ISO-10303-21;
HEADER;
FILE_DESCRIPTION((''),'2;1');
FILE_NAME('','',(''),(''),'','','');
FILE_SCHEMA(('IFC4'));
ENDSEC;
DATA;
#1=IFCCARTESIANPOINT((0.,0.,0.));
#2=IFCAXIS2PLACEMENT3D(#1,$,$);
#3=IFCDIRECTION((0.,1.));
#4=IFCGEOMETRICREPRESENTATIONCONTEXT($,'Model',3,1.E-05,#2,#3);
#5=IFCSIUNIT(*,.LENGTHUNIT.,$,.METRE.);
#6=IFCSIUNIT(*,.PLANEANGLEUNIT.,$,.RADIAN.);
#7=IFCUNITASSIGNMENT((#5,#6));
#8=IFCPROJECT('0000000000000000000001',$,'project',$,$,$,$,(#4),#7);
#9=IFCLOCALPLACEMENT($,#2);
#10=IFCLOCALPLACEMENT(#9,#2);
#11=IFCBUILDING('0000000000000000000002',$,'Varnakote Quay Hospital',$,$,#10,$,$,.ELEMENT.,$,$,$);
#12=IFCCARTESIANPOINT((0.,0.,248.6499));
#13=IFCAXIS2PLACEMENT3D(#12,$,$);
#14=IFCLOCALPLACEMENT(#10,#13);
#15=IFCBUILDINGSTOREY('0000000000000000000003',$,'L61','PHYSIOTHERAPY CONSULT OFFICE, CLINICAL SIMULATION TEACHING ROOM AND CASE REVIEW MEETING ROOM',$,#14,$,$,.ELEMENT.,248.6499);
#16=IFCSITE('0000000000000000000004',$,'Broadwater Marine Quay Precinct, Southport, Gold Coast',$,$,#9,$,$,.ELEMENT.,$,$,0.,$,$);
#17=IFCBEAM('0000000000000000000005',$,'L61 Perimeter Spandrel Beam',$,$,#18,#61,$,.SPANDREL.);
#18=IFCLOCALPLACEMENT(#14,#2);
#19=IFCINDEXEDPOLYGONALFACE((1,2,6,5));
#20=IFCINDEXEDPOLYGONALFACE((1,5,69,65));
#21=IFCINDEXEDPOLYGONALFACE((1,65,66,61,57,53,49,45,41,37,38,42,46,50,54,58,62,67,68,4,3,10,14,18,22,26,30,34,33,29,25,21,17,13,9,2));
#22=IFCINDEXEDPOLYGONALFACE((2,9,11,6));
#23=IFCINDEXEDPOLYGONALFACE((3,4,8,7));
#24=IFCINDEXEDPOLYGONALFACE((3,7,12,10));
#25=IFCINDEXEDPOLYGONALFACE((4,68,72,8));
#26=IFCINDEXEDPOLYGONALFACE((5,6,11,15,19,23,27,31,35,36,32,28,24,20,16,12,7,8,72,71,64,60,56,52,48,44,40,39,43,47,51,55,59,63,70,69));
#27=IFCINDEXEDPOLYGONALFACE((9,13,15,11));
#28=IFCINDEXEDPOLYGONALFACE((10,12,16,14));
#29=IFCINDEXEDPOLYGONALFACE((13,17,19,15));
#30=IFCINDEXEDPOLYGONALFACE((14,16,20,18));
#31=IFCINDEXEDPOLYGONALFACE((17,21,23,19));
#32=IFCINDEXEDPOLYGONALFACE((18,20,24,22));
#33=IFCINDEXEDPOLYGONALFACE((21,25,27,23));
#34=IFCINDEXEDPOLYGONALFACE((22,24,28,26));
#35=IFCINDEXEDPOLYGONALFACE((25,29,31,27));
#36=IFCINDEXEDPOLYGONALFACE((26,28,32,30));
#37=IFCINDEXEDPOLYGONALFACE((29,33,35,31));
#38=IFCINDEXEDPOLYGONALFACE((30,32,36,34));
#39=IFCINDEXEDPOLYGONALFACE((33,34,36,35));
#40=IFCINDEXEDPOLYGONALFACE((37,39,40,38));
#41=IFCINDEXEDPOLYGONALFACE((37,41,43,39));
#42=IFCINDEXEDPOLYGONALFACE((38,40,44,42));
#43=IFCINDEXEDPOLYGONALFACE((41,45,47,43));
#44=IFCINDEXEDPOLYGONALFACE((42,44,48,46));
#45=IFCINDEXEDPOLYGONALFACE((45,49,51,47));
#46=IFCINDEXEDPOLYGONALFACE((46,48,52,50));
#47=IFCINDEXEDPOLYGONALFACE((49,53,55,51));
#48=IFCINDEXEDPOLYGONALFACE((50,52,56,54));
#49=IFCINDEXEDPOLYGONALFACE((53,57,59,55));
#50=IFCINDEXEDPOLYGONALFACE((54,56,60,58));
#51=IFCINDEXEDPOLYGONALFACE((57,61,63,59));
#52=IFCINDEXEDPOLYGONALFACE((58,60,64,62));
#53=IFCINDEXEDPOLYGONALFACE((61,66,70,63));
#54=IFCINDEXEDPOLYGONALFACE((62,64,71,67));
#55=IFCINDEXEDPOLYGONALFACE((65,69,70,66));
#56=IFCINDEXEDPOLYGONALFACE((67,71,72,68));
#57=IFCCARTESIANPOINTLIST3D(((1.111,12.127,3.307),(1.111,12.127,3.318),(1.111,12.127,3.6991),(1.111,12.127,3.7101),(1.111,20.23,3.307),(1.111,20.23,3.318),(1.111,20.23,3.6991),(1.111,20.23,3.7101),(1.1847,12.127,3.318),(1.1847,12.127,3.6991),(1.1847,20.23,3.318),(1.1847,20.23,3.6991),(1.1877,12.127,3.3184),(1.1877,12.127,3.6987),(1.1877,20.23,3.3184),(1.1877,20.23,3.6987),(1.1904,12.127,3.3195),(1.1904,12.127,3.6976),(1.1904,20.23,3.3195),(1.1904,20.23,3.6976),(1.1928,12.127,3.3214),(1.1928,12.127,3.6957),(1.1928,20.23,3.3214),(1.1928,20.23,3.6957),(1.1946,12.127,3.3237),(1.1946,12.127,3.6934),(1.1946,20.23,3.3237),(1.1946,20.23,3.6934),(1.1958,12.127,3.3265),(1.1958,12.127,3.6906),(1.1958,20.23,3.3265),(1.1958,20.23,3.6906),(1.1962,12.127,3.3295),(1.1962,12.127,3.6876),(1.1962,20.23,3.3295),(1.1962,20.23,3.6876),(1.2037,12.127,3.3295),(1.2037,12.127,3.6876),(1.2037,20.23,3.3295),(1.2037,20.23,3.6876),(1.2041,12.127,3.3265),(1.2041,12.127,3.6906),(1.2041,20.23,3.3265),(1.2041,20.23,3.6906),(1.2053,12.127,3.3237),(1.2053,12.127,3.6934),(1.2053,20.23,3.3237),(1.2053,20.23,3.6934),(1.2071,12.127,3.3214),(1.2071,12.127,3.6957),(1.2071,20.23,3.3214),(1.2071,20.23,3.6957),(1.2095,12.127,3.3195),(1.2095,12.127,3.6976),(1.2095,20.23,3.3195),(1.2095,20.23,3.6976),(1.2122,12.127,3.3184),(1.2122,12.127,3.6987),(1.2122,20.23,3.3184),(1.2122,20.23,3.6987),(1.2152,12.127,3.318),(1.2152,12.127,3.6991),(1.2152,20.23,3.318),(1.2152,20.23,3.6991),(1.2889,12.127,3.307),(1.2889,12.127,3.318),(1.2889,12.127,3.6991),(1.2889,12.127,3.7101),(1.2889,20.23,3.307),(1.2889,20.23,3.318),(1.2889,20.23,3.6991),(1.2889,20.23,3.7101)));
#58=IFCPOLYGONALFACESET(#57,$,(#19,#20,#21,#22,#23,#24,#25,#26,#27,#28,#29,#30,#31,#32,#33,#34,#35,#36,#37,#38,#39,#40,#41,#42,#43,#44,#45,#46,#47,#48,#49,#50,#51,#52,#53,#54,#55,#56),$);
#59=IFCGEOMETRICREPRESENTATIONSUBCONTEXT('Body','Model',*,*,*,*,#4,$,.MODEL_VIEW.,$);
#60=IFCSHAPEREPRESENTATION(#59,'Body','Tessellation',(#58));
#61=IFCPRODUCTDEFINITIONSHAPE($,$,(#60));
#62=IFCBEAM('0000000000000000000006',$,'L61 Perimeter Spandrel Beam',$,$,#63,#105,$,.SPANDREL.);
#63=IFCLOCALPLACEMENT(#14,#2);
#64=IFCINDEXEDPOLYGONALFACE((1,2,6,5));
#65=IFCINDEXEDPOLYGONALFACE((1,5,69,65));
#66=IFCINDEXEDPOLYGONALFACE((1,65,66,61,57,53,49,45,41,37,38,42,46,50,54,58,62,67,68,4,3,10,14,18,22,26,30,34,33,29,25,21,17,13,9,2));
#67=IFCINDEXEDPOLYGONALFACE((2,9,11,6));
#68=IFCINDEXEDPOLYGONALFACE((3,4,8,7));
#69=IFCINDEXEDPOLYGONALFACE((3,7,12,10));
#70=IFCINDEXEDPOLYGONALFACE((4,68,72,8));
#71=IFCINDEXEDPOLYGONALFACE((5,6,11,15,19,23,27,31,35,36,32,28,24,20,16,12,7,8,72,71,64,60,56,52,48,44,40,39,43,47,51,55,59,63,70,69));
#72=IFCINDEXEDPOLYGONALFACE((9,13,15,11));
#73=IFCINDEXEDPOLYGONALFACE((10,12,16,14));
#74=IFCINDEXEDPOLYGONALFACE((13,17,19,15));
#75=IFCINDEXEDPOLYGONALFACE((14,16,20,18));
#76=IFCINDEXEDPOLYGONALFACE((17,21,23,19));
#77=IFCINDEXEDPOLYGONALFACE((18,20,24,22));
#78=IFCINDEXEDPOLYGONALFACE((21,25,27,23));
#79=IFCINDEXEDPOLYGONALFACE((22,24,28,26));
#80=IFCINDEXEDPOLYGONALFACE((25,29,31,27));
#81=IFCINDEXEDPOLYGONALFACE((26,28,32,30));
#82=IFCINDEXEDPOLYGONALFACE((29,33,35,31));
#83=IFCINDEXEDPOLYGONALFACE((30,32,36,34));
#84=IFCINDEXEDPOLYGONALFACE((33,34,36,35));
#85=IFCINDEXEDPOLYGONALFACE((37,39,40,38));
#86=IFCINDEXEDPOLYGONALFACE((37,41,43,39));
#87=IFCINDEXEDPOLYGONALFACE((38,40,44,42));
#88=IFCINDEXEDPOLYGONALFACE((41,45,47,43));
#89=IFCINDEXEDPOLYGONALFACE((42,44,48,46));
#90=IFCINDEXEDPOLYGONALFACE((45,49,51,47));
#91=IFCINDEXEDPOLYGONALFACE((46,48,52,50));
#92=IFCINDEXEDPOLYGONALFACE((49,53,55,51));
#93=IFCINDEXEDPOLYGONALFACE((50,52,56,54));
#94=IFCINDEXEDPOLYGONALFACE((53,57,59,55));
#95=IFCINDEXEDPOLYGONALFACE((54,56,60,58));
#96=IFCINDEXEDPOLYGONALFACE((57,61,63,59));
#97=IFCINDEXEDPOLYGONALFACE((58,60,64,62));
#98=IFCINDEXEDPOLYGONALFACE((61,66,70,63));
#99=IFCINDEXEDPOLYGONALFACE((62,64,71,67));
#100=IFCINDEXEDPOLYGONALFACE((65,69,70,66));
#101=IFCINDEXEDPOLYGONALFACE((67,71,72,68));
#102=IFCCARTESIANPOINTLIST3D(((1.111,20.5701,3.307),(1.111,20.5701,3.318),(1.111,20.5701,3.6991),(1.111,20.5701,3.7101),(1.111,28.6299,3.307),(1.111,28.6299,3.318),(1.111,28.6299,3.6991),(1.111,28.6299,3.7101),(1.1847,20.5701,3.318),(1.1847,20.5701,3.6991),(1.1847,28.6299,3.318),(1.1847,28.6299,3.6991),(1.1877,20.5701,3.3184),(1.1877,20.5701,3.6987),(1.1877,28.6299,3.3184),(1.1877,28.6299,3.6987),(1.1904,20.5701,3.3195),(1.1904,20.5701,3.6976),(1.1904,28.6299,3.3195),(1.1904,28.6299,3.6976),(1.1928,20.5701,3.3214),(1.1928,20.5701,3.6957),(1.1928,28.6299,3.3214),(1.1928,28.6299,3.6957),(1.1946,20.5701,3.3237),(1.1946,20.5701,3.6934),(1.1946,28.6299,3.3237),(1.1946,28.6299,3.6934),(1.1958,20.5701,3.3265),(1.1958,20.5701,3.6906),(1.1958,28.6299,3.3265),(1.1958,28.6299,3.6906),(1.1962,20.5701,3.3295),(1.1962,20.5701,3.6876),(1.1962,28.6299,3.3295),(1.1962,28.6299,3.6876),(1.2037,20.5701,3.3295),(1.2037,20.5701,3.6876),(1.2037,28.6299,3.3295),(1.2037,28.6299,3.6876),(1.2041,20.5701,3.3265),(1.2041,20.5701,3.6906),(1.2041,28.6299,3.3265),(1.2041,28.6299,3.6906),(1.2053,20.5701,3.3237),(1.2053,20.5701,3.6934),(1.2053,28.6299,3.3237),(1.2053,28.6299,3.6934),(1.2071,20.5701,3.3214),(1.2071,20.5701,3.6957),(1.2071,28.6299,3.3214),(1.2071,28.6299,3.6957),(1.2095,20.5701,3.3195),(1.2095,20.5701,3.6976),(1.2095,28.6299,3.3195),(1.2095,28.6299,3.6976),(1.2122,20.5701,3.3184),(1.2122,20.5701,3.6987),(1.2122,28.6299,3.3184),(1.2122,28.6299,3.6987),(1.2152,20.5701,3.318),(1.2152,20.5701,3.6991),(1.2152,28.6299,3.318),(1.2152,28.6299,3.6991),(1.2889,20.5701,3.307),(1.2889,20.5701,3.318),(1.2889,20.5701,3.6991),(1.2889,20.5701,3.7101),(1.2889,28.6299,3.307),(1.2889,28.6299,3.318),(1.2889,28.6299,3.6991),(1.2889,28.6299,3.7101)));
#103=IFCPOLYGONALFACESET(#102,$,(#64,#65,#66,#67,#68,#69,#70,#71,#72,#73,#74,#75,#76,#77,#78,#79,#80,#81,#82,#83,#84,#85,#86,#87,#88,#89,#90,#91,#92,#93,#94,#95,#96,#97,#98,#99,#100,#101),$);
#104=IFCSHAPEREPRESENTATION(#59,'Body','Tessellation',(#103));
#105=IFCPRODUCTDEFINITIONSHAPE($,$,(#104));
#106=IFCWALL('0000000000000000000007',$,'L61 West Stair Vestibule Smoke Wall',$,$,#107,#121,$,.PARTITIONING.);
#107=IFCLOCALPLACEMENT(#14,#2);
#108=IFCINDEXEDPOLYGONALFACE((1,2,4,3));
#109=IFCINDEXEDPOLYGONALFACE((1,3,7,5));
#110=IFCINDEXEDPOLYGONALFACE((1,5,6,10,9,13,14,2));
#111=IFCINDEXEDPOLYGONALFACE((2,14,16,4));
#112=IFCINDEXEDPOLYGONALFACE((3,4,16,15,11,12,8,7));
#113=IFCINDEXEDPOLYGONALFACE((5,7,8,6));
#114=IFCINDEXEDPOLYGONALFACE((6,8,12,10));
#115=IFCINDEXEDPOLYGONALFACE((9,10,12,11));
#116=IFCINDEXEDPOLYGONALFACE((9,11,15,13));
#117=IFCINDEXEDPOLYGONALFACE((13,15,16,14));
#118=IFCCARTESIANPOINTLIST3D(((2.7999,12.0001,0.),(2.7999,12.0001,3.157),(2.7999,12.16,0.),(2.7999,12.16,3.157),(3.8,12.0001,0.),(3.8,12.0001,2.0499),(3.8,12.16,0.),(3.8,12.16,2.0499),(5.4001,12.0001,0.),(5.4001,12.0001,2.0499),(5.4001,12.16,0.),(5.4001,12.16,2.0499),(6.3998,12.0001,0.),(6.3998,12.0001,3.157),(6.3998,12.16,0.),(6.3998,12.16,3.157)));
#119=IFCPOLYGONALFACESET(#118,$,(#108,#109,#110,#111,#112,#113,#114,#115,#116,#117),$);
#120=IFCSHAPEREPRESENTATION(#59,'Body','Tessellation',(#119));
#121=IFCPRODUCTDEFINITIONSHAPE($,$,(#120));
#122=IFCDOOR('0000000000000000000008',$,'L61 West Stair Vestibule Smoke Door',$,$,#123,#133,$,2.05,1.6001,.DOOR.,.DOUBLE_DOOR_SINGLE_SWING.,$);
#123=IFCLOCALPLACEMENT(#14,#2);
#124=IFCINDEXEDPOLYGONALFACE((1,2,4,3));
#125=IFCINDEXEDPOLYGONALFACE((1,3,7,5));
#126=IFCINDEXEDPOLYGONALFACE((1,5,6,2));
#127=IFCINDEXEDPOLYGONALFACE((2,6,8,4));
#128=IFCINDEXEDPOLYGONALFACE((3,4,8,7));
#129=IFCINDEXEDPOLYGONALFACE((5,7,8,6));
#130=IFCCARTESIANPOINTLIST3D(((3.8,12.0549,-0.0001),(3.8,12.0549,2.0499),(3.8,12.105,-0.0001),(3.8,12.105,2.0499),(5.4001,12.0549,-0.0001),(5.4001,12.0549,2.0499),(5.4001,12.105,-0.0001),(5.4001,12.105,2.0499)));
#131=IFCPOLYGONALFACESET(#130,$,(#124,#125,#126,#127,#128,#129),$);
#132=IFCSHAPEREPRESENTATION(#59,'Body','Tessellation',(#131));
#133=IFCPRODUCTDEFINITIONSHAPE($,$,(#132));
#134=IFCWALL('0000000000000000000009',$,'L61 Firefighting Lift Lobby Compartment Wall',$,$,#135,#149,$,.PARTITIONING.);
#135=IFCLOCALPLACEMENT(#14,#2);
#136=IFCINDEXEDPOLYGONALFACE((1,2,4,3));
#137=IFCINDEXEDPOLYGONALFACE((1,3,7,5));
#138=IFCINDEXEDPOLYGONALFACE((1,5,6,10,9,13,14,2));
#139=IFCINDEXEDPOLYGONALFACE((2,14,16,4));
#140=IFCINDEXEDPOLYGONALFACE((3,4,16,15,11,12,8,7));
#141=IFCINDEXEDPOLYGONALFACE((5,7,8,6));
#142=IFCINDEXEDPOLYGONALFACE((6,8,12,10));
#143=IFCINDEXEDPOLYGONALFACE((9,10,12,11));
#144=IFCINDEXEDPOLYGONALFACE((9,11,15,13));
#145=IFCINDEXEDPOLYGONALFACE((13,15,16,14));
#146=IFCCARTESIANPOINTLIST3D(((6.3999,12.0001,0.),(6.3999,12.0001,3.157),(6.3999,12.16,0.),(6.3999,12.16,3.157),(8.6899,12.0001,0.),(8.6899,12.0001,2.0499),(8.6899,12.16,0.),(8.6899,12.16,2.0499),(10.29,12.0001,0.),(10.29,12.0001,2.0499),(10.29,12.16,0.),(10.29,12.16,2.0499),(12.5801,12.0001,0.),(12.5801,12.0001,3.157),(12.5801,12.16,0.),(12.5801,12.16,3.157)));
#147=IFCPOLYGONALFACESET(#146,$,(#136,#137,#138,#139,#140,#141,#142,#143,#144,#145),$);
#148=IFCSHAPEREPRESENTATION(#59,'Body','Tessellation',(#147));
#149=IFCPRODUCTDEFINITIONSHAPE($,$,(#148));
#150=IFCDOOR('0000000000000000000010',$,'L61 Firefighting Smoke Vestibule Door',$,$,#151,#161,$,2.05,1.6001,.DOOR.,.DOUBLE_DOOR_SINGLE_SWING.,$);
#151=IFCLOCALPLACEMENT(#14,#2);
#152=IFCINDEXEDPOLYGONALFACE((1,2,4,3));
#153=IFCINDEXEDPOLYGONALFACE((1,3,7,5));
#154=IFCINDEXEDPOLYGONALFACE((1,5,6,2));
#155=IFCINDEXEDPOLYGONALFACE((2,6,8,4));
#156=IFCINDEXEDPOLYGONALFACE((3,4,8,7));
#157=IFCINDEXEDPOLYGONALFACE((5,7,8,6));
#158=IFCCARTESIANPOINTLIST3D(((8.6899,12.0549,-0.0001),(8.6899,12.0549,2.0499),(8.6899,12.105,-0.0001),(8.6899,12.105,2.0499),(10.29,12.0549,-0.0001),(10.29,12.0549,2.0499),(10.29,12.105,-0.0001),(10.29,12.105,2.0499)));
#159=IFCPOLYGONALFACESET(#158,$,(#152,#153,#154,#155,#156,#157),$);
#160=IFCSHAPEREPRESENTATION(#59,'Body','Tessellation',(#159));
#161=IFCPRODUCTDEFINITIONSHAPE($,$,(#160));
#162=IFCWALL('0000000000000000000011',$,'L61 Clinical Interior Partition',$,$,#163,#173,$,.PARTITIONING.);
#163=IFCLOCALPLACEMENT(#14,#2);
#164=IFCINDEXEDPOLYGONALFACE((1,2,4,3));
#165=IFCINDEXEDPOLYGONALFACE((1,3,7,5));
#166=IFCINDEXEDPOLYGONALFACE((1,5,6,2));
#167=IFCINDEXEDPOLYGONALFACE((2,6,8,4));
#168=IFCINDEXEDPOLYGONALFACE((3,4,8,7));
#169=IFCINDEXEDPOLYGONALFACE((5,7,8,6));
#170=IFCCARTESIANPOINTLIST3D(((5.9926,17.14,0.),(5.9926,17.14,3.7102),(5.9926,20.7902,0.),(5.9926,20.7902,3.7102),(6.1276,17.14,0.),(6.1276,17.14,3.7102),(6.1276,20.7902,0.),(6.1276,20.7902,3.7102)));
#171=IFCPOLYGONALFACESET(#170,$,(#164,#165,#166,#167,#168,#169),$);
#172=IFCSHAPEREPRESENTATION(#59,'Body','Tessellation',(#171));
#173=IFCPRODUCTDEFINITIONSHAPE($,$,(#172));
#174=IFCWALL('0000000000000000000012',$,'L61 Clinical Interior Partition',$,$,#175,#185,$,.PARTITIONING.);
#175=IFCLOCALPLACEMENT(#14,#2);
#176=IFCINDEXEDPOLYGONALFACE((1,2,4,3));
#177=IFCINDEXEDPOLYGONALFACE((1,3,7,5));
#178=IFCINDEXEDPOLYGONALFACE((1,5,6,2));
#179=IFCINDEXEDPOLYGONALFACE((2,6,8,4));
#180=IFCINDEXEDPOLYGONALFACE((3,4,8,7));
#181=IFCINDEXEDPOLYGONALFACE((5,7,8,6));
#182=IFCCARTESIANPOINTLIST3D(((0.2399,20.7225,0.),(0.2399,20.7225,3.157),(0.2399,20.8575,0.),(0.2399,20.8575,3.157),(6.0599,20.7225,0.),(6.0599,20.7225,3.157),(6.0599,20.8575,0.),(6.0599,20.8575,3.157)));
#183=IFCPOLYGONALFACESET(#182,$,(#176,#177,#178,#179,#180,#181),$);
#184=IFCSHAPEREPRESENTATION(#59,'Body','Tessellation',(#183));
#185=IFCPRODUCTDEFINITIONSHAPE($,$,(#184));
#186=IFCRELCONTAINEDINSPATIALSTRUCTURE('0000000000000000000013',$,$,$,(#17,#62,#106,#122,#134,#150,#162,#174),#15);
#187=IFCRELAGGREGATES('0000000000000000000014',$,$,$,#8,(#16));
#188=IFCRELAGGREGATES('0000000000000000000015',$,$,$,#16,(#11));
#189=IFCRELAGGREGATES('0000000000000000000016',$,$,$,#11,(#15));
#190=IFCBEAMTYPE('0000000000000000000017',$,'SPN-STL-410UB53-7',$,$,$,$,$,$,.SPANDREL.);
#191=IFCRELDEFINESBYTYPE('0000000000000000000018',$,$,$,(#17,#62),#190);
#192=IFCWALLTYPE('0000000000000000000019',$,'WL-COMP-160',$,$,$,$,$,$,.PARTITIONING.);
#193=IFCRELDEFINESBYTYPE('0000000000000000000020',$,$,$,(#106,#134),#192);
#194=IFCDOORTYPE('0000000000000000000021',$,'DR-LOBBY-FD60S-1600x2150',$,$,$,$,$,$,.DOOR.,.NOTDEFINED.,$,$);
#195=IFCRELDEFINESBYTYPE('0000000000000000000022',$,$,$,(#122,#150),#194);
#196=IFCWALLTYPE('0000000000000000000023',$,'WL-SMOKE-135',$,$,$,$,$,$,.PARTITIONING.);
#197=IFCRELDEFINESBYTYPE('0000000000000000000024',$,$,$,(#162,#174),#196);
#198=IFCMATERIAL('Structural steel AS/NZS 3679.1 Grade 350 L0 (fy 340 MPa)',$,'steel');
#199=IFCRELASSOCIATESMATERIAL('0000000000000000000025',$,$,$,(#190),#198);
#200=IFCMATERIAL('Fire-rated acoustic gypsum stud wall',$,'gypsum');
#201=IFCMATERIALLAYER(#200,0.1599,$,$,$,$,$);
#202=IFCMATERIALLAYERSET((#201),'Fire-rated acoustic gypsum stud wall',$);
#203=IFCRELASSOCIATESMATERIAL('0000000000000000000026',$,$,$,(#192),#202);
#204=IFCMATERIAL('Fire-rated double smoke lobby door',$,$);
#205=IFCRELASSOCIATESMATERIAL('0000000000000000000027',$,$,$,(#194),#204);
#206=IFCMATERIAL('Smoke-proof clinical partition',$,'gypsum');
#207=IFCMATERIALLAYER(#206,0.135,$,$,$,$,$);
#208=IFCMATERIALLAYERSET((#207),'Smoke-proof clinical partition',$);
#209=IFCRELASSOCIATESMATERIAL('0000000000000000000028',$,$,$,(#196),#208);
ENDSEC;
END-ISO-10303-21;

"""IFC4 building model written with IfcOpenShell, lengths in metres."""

from ifc_helpers import new_model, si_unit, direction, frame, frame_2d, origin, origin_2d, place, context, subcontext, project, spatial, rectangle, i_section, extrude, material, layer, layer_set, material_profile, profile_set, type_object, element, fill, save


model = new_model("IFC4")

# Units and contexts
model_context = context("Model", 3, precision=1e-05, world=origin(), true_north=direction((0.0, 1.0)))
body_context = subcontext(model_context, "Body", "Model", "MODEL_VIEW")
ifc_project = project(units=[si_unit("LENGTHUNIT", "METRE"), si_unit("PLANEANGLEUNIT", "RADIAN")], contexts=[model_context])

# Site, building, storey
site_placement = place(None, origin())
site = spatial("IfcSite", under=ifc_project, at=site_placement, Name="Broadwater Marine Quay Precinct, Southport, Gold Coast", CompositionType="ELEMENT", RefElevation=0.0)
building_placement = place(site_placement, origin())
building = spatial("IfcBuilding", under=site, at=building_placement, Name="Varnakote Quay Hospital", CompositionType="ELEMENT")
storey_placement = place(building_placement, frame((0.0, 0.0, 248.6499)))
storey = spatial("IfcBuildingStorey", under=building, at=storey_placement, Name="L61", Description="PHYSIOTHERAPY CONSULT OFFICE, CLINICAL SIMULATION TEACHING ROOM AND CASE REVIEW MEETING ROOM", CompositionType="ELEMENT", Elevation=248.6499)

# Beams
ifc_material_1 = material(Name="Structural steel AS/NZS 3679.1 Grade 350 L0 (fy 340 MPa)", Category="steel")
ifc_material_profile_1 = material_profile(ifc_material_1, i_section(OverallWidth=0.178, OverallDepth=0.4031, WebThickness=0.0076, FlangeThickness=0.011, FilletRadius=0.0115, at=origin_2d()), Name="410UB53.7")
ifc_profile_set_1 = profile_set([ifc_material_profile_1], Name="Structural steel AS/NZS 3679.1 Grade 350 L0 (fy 340 MPa)")
beam_type_1 = type_object("IfcBeamType", Name="SPN-STL-410UB53-7", PredefinedType="SPANDREL", material=ifc_profile_set_1)
beam_1_placement = place(storey_placement, frame((1.2, 12.127, 3.5085), z_axis=(0.0, 1.0, 0.0), x_axis=(-1.0, 0.0, 0.0)))
element("IfcBeam", 1, at=beam_1_placement, inside=storey, type_object=beam_type_1, Name="L61 Perimeter Spandrel Beam", PredefinedType="SPANDREL", context=body_context, shape_type="SweptSolid", body=[
    extrude(i_section(OverallWidth=0.178, OverallDepth=0.4031, WebThickness=0.0076, FlangeThickness=0.011, FilletRadius=0.0115, at=origin_2d()), origin(), (0.0, 0.0, 1.0), 8.103),
])
beam_2_placement = place(storey_placement, frame((1.2, 20.5701, 3.5085), z_axis=(0.0, 1.0, 0.0), x_axis=(-1.0, 0.0, 0.0)))
element("IfcBeam", 2, at=beam_2_placement, inside=storey, type_object=beam_type_1, Name="L61 Perimeter Spandrel Beam", PredefinedType="SPANDREL", context=body_context, shape_type="SweptSolid", body=[
    extrude(i_section(OverallWidth=0.178, OverallDepth=0.4031, WebThickness=0.0076, FlangeThickness=0.011, FilletRadius=0.0115, at=origin_2d()), origin(), (0.0, 0.0, 1.0), 8.0598),
])

# Walls, openings, doors
ifc_material_2 = material(Name="Fire-rated acoustic gypsum stud wall", Category="gypsum")
ifc_layer_1 = layer(ifc_material_2, 0.1599)
ifc_layer_set_1 = layer_set([ifc_layer_1], Name="Fire-rated acoustic gypsum stud wall")
wall_type_1 = type_object("IfcWallType", Name="WL-COMP-160", PredefinedType="PARTITIONING", material=ifc_layer_set_1)
wall_1_placement = place(storey_placement, frame((2.8, 12.0801, 0.0), z_axis=(0.0, 0.0, 1.0), x_axis=(1.0, 0.0, 0.0)))
wall_1 = element("IfcWall", 3, at=wall_1_placement, inside=storey, type_object=wall_type_1, Name="L61 West Stair Vestibule Smoke Wall", PredefinedType="PARTITIONING", context=body_context, shape_type="SweptSolid", body=[
    extrude(rectangle(XDim=3.5999, YDim=0.1599, at=frame_2d((1.7998, 0.0))), origin(), (0.0, 0.0, 1.0), 3.157),
])
opening_1_placement = place(wall_1_placement, frame((1.0, 0.0, 0.0)))
opening_1 = element("IfcOpeningElement", 4, at=opening_1_placement, cuts=wall_1, PredefinedType="OPENING", context=body_context, shape_type="SweptSolid", body=[
    extrude(rectangle(XDim=1.6001, YDim=2.05, at=frame_2d((0.8, 1.0249))), frame((0.0, 0.0898, 0.0), z_axis=(0.0, -1.0, 0.0), x_axis=(1.0, 0.0, 0.0)), (0.0, 0.0, 1.0), 0.1799),
])
ifc_material_3 = material(Name="Fire-rated double smoke lobby door")
door_type_1 = type_object("IfcDoorType", Name="DR-LOBBY-FD60S-1600x2150", OperationType="NOTDEFINED", PredefinedType="DOOR", material=ifc_material_3)
door_1_placement = place(opening_1_placement, origin())
door_1 = element("IfcDoor", 5, at=door_1_placement, inside=storey, type_object=door_type_1, Name="L61 West Stair Vestibule Smoke Door", OperationType="DOUBLE_DOOR_SINGLE_SWING", OverallHeight=2.05, OverallWidth=1.6001, PredefinedType="DOOR", context=body_context, shape_type="SweptSolid", body=[
    extrude(rectangle(XDim=1.6001, YDim=2.05, at=frame_2d((0.8, 1.0249))), frame((0.0, 0.0249, 0.0), z_axis=(0.0, -1.0, 0.0), x_axis=(1.0, 0.0, 0.0)), (0.0, 0.0, 1.0), 0.05),
])
fill(opening_1, door_1)
wall_2_placement = place(storey_placement, frame((6.3999, 12.0801, 0.0), z_axis=(0.0, 0.0, 1.0), x_axis=(1.0, 0.0, 0.0)))
wall_2 = element("IfcWall", 6, at=wall_2_placement, inside=storey, type_object=wall_type_1, Name="L61 Firefighting Lift Lobby Compartment Wall", PredefinedType="PARTITIONING", context=body_context, shape_type="SweptSolid", body=[
    extrude(rectangle(XDim=6.1802, YDim=0.1599, at=frame_2d((3.0901, 0.0))), origin(), (0.0, 0.0, 1.0), 3.157),
])
opening_2_placement = place(wall_2_placement, frame((2.29, 0.0, 0.0)))
opening_2 = element("IfcOpeningElement", 7, at=opening_2_placement, cuts=wall_2, PredefinedType="OPENING", context=body_context, shape_type="SweptSolid", body=[
    extrude(rectangle(XDim=1.6001, YDim=2.05, at=frame_2d((0.8, 1.0249))), frame((0.0, 0.0898, 0.0), z_axis=(0.0, -1.0, 0.0), x_axis=(1.0, 0.0, 0.0)), (0.0, 0.0, 1.0), 0.1799),
])
door_2_placement = place(opening_2_placement, origin())
door_2 = element("IfcDoor", 8, at=door_2_placement, inside=storey, type_object=door_type_1, Name="L61 Firefighting Smoke Vestibule Door", OperationType="DOUBLE_DOOR_SINGLE_SWING", OverallHeight=2.05, OverallWidth=1.6001, PredefinedType="DOOR", context=body_context, shape_type="SweptSolid", body=[
    extrude(rectangle(XDim=1.6001, YDim=2.05, at=frame_2d((0.8, 1.0249))), frame((0.0, 0.0249, 0.0), z_axis=(0.0, -1.0, 0.0), x_axis=(1.0, 0.0, 0.0)), (0.0, 0.0, 1.0), 0.05),
])
fill(opening_2, door_2)

# Walls
ifc_material_4 = material(Name="Smoke-proof clinical partition", Category="gypsum")
ifc_layer_2 = layer(ifc_material_4, 0.135)
ifc_layer_set_2 = layer_set([ifc_layer_2], Name="Smoke-proof clinical partition")
wall_type_2 = type_object("IfcWallType", Name="WL-SMOKE-135", PredefinedType="PARTITIONING", material=ifc_layer_set_2)
wall_3_placement = place(storey_placement, frame((6.0601, 17.1399, 0.0), z_axis=(0.0, 0.0, 1.0), x_axis=(0.0, 1.0, 0.0)))
element("IfcWall", 9, at=wall_3_placement, inside=storey, type_object=wall_type_2, Name="L61 Clinical Interior Partition", PredefinedType="PARTITIONING", context=body_context, shape_type="SweptSolid", body=[
    extrude(rectangle(XDim=3.6501, YDim=0.135, at=frame_2d((1.8252, 0.0))), origin(), (0.0, 0.0, 1.0), 3.7102),
])
wall_4_placement = place(storey_placement, frame((6.0601, 20.79, 0.0), z_axis=(0.0, 0.0, 1.0), x_axis=(-1.0, 0.0, 0.0)))
element("IfcWall", 10, at=wall_4_placement, inside=storey, type_object=wall_type_2, Name="L61 Clinical Interior Partition", PredefinedType="PARTITIONING", context=body_context, shape_type="SweptSolid", body=[
    extrude(rectangle(XDim=5.8201, YDim=0.135, at=frame_2d((2.9102, 0.0))), origin(), (0.0, 0.0, 1.0), 3.157),
])

save(model, "model.ifc")
